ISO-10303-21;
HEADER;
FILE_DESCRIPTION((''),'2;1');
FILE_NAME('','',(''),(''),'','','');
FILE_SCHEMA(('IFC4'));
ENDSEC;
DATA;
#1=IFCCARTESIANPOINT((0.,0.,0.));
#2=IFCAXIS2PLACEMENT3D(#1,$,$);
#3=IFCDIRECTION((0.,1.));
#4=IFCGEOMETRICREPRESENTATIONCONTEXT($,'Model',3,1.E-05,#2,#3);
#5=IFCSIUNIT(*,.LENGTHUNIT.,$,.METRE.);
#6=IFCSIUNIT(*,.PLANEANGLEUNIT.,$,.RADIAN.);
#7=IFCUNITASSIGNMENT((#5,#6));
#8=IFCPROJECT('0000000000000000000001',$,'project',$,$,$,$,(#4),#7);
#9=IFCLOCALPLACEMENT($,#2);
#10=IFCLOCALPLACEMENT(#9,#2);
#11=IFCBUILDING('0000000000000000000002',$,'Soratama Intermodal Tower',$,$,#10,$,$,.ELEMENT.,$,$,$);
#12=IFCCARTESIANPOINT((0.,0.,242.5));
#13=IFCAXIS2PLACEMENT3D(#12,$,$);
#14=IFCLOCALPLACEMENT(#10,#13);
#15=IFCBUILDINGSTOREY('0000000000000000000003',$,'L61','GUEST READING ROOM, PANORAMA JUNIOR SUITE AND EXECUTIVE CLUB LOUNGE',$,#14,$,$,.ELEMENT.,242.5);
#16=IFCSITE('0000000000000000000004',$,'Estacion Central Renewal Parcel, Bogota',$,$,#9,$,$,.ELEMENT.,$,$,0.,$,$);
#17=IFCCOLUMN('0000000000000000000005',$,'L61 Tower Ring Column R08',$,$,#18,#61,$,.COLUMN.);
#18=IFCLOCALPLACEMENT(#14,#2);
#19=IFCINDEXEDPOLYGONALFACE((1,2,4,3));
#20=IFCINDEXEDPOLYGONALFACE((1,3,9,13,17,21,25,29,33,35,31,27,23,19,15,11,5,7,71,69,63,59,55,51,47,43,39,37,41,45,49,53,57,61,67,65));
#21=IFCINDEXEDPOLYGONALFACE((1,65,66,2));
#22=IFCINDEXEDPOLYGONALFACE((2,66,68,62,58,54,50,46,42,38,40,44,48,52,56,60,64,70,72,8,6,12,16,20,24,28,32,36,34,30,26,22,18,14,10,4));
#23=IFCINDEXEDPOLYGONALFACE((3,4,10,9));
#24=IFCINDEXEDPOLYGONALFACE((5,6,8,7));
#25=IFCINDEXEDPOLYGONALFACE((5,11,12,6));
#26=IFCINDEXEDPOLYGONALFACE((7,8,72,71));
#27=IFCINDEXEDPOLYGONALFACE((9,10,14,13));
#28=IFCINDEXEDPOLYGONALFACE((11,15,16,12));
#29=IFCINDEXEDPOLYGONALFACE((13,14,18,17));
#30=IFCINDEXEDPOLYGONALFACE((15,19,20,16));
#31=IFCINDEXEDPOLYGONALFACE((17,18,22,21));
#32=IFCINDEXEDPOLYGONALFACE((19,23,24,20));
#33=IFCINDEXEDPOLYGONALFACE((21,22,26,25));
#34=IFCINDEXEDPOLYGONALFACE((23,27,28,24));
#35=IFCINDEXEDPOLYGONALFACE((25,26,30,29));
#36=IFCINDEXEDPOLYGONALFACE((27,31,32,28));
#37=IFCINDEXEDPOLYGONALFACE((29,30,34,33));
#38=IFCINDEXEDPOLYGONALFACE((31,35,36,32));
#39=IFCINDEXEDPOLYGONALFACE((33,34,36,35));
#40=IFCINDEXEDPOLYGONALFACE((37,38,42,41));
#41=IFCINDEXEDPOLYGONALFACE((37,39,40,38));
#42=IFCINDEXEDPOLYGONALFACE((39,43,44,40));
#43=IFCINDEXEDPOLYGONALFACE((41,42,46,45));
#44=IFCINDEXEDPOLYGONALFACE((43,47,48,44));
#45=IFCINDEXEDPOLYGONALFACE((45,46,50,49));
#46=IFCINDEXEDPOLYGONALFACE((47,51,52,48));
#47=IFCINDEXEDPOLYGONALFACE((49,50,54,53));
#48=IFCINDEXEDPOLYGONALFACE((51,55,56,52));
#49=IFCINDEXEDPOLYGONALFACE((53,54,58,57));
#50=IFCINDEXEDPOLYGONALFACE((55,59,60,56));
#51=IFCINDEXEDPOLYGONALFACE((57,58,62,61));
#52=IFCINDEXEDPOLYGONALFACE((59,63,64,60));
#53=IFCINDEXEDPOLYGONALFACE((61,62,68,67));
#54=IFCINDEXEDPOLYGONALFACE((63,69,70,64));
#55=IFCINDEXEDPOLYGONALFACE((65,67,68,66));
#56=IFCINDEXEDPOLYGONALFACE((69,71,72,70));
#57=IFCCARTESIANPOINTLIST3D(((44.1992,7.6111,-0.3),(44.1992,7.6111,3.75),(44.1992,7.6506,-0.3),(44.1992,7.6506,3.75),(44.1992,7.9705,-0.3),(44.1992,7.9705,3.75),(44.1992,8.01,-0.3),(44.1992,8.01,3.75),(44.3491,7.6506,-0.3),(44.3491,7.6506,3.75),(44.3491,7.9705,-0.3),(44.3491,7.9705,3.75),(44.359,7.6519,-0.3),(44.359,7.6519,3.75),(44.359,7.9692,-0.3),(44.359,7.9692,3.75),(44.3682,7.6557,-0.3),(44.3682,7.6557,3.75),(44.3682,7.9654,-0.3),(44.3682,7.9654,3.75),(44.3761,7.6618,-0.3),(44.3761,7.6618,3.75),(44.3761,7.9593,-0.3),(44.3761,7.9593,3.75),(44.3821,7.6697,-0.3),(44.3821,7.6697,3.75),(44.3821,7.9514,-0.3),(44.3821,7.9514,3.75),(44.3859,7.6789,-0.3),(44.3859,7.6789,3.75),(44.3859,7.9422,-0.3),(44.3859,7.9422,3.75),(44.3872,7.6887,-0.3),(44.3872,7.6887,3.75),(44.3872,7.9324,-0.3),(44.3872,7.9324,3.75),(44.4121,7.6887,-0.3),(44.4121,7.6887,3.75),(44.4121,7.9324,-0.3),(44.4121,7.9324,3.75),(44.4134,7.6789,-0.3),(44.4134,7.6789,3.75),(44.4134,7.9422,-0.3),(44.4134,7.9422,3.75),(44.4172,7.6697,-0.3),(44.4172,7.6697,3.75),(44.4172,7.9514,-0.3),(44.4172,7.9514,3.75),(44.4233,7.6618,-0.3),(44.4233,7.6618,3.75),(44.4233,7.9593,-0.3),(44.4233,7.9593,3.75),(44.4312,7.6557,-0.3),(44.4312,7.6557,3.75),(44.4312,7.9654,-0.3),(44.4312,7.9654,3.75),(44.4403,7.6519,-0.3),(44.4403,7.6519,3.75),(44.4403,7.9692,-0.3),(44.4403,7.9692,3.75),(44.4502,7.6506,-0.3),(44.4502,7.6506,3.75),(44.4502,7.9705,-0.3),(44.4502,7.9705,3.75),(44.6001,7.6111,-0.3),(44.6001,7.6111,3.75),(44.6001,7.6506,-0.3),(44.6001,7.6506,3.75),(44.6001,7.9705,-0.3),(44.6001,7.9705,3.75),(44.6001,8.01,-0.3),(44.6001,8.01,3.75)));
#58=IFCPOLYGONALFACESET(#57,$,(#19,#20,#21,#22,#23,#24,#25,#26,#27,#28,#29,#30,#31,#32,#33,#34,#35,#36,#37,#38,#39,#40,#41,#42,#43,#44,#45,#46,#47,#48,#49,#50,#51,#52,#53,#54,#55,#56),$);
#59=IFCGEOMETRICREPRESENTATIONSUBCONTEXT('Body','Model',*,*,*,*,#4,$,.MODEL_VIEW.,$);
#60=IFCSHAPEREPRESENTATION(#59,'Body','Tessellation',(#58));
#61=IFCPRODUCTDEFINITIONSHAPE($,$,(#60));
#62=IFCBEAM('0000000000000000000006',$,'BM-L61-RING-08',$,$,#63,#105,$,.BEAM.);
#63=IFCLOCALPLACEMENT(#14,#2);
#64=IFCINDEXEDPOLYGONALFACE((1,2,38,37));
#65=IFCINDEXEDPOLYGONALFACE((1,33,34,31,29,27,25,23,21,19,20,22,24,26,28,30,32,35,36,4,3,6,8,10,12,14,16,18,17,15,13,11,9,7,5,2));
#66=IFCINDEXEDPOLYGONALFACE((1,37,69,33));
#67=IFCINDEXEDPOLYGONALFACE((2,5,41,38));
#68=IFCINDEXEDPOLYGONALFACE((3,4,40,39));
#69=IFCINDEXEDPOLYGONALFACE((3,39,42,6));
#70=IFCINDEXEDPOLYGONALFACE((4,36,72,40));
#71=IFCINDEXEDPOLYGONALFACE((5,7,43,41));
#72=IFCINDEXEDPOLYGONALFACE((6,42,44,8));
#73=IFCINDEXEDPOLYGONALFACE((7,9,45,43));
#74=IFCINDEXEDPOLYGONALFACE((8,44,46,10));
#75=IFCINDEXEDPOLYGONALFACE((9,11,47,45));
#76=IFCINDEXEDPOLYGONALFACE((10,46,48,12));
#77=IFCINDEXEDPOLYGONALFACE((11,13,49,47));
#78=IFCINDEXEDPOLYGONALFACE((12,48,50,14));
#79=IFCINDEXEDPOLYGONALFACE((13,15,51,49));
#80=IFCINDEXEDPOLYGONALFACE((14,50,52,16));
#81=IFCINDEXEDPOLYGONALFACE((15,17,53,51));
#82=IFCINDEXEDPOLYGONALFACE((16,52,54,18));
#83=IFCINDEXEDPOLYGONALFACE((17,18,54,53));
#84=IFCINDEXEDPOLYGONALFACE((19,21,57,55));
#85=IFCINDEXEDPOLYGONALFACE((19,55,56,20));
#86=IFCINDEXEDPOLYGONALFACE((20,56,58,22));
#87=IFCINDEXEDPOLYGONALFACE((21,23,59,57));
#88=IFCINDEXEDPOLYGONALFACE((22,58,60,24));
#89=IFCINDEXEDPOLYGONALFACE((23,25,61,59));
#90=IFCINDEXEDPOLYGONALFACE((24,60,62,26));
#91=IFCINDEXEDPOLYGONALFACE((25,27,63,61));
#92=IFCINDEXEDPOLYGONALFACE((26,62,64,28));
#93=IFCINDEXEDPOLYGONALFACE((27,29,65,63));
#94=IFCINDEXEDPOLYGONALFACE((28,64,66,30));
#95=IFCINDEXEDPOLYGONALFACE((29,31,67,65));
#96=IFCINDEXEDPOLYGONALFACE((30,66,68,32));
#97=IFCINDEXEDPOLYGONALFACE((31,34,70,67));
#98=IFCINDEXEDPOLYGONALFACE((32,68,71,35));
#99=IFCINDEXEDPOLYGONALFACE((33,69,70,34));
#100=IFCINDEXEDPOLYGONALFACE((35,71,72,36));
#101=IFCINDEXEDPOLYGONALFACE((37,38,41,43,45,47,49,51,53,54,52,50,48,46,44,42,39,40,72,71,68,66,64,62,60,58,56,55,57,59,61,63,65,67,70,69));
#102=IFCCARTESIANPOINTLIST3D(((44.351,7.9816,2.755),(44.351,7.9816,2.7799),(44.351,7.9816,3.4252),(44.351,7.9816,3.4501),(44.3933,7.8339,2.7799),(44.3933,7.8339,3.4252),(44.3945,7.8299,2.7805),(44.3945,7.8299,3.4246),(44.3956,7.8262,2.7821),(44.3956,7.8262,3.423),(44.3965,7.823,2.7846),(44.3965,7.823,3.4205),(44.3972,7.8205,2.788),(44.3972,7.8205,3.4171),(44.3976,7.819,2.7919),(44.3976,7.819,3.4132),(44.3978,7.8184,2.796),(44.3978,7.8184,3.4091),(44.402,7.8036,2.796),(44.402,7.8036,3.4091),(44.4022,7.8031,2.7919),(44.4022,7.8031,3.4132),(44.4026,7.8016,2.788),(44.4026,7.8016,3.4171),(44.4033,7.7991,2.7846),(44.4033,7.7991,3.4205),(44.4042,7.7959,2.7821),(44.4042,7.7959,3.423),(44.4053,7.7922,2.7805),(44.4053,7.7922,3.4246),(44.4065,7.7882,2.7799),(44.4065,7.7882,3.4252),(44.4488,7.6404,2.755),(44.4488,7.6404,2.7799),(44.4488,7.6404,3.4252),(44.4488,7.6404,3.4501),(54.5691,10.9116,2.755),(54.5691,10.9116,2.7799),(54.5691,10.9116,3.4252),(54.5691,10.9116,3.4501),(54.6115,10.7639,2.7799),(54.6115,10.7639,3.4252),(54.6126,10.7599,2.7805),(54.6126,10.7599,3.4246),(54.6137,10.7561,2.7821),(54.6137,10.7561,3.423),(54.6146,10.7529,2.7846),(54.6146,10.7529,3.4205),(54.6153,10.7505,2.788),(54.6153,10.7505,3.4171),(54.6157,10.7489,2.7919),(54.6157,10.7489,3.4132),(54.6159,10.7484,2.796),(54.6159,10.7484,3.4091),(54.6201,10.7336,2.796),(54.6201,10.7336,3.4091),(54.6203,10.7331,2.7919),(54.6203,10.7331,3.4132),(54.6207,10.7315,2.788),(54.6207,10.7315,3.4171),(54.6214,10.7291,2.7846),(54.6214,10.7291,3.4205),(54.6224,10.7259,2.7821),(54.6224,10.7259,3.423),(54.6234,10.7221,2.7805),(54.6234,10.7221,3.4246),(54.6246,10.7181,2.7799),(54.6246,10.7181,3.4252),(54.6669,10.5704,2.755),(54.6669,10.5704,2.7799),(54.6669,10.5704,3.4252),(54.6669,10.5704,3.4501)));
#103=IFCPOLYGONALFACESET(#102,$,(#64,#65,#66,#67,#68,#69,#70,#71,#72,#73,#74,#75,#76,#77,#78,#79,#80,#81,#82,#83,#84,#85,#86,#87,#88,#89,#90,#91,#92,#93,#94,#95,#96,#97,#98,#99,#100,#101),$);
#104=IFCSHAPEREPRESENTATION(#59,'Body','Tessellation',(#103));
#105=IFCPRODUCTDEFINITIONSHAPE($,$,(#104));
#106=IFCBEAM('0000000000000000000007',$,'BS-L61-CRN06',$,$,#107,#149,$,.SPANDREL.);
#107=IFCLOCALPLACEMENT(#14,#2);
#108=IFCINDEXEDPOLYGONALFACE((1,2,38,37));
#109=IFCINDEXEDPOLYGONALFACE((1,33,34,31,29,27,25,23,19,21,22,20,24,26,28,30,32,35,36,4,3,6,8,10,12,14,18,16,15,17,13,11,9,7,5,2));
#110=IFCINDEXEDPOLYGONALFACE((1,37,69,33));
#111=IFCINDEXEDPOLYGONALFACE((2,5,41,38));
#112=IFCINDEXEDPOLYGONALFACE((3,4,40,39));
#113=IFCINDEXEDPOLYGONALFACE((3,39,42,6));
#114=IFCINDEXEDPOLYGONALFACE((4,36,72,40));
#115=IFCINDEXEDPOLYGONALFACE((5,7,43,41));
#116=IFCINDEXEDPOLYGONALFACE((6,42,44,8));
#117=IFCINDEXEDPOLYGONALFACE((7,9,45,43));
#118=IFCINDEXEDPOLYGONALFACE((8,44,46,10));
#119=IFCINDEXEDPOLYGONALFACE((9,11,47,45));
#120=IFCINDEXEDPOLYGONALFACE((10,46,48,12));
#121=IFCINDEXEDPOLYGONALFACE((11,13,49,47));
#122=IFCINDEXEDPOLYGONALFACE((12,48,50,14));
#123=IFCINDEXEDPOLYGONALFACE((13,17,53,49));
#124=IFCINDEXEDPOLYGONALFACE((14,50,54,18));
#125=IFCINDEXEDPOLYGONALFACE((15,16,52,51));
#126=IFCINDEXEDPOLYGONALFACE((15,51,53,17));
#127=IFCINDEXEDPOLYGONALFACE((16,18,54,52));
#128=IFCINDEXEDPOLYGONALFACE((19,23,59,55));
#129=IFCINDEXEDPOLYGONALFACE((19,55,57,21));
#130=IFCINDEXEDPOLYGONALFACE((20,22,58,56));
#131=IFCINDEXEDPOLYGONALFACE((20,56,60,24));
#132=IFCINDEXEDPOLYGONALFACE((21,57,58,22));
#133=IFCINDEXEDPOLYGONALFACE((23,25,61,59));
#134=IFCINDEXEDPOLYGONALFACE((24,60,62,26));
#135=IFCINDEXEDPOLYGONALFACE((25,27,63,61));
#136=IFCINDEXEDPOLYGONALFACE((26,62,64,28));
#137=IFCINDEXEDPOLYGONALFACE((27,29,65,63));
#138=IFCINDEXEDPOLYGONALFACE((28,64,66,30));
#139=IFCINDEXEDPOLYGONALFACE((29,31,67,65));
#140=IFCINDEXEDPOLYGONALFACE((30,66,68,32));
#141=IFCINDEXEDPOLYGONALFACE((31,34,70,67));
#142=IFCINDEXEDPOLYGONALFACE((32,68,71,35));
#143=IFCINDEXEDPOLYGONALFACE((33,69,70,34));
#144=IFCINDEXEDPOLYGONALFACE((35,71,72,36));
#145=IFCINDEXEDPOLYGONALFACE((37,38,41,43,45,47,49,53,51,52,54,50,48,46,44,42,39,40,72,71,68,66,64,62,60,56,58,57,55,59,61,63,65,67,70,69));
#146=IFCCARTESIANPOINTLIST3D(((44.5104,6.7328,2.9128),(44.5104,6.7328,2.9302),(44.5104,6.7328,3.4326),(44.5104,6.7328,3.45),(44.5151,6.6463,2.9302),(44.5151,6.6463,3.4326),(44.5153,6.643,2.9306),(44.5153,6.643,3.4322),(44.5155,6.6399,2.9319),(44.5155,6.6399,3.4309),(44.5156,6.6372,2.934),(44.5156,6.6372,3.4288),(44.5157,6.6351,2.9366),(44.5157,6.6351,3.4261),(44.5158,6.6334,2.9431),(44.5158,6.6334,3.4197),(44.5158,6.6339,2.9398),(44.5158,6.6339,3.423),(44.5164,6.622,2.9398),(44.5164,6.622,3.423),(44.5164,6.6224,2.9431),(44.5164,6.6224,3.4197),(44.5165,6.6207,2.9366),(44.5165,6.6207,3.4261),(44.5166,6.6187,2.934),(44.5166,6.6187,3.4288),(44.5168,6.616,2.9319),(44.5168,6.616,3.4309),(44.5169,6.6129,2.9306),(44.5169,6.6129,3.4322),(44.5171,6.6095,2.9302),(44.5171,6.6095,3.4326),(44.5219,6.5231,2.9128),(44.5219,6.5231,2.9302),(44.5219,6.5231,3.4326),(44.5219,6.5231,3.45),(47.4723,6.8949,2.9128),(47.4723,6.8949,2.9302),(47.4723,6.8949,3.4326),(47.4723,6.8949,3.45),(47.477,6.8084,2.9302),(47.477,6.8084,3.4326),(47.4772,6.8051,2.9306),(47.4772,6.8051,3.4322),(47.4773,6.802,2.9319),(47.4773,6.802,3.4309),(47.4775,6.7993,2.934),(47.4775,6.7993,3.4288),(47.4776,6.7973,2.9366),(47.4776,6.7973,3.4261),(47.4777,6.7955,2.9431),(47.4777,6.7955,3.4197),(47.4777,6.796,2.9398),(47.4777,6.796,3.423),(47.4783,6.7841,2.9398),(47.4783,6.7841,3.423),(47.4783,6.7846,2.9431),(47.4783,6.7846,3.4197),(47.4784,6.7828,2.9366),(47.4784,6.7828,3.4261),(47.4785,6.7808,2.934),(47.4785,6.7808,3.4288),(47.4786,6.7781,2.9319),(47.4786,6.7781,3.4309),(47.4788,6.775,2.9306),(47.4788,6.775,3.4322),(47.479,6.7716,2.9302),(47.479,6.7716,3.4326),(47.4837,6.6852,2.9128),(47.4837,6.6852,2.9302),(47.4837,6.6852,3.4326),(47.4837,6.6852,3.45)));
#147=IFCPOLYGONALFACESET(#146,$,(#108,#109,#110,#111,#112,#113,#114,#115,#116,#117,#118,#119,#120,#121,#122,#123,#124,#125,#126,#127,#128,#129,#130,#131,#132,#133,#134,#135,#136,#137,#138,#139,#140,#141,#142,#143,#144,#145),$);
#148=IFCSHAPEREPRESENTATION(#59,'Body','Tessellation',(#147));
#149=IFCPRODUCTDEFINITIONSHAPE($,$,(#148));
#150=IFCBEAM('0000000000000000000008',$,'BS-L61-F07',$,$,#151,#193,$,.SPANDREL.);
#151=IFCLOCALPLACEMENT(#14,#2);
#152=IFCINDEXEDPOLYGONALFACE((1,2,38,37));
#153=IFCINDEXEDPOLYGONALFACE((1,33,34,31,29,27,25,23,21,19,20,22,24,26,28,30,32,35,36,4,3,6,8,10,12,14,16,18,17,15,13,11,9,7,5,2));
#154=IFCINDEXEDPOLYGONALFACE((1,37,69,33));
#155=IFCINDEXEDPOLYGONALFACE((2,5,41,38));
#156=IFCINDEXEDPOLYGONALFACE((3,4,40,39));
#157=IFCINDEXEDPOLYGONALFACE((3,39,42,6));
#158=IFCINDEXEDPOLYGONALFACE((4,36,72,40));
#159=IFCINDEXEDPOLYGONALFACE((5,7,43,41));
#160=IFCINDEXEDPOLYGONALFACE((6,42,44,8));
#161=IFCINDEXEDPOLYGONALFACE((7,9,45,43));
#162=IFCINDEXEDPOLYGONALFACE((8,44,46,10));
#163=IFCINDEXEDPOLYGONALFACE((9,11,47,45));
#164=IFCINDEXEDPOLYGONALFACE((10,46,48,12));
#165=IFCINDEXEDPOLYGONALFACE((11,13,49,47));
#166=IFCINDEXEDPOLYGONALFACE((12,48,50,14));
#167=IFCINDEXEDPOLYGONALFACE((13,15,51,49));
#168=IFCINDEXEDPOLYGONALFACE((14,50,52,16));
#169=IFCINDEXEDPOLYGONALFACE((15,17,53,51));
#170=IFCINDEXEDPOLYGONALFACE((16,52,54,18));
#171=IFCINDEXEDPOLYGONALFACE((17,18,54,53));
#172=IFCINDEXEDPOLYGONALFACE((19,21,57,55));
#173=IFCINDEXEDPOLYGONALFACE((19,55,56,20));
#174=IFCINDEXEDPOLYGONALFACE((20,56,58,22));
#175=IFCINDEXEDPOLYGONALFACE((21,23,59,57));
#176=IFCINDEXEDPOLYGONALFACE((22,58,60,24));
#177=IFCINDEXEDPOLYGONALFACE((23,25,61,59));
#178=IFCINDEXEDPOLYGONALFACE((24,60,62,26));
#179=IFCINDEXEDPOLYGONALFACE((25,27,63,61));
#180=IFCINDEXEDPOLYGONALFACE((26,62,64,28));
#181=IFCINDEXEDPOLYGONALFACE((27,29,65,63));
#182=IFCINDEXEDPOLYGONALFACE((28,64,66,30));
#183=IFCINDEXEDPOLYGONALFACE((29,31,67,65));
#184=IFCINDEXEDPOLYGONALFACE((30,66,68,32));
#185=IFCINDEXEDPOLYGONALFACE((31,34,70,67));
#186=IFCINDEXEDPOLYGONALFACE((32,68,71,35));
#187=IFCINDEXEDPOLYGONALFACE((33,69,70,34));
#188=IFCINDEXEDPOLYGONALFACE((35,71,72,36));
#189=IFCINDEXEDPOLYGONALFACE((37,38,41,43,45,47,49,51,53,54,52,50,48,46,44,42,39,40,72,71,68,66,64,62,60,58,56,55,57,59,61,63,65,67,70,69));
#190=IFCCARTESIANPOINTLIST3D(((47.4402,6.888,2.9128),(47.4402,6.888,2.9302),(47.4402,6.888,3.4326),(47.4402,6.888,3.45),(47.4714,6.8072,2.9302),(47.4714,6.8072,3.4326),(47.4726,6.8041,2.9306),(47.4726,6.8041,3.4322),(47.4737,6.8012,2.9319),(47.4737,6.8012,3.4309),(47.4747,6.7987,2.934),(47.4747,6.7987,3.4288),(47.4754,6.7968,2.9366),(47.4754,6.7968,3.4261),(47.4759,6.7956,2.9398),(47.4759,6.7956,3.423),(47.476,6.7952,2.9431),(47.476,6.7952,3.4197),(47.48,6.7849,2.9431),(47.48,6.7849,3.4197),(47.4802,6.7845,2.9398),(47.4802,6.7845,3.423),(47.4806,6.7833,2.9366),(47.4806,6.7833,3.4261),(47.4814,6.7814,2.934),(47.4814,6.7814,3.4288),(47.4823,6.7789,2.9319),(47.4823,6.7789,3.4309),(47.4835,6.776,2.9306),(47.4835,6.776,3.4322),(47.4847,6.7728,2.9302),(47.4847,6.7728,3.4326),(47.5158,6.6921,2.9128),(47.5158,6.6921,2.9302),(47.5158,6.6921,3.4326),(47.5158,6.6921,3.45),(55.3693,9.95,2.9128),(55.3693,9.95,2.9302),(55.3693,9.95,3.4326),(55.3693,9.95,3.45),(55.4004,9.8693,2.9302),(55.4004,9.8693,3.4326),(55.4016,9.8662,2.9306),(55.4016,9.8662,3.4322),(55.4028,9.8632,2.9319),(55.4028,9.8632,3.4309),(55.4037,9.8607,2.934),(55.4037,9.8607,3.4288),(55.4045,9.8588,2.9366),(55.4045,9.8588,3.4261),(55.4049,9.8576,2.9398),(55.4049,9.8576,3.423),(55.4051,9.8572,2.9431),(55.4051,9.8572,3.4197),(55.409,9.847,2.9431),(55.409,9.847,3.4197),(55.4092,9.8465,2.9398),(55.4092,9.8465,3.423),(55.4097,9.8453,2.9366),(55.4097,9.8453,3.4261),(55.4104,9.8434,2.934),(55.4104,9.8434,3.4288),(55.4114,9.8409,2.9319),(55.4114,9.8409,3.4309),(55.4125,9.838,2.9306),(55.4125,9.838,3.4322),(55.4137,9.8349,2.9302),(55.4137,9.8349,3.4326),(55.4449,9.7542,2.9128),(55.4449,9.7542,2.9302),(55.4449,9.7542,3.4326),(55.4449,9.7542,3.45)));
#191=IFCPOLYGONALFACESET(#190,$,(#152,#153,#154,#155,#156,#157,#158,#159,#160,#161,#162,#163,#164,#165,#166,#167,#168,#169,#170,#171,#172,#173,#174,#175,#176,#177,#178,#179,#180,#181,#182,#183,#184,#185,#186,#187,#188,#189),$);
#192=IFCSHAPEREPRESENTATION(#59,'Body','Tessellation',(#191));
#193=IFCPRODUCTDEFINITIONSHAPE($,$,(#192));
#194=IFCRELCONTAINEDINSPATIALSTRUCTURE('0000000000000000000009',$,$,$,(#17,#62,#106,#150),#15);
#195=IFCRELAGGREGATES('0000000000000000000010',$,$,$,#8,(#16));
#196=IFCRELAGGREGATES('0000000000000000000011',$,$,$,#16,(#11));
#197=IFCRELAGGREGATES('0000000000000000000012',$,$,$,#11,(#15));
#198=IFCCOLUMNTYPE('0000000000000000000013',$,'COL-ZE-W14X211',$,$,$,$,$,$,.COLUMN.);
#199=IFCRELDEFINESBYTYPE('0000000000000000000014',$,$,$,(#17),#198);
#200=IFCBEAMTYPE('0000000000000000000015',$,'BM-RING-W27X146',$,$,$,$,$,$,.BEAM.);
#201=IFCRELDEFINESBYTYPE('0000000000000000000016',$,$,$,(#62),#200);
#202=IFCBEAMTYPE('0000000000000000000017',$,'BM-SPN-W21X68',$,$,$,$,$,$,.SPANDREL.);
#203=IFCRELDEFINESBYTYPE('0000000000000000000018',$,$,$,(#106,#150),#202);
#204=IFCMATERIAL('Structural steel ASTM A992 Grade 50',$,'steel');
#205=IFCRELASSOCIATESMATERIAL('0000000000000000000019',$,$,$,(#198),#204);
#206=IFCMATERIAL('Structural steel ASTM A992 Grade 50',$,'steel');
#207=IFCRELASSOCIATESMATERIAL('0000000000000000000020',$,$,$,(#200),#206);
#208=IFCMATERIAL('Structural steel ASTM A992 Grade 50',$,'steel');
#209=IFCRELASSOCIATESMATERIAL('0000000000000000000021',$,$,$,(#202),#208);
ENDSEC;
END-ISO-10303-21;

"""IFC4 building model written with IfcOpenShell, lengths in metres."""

from ifc_helpers import new_model, si_unit, direction, frame, origin, origin_2d, place, context, subcontext, project, spatial, i_section, extrude, material, material_profile, profile_set, type_object, element, save


model = new_model("IFC4")

# Units and contexts
model_context = context("Model", 3, precision=1e-05, world=origin(), true_north=direction((0.0, 1.0)))
body_context = subcontext(model_context, "Body", "Model", "MODEL_VIEW")
ifc_project = project(units=[si_unit("LENGTHUNIT", "METRE"), si_unit("PLANEANGLEUNIT", "RADIAN")], contexts=[model_context])

# Site, building, storey
site_placement = place(None, origin())
site = spatial("IfcSite", under=ifc_project, at=site_placement, Name="Estacion Central Renewal Parcel, Bogota", CompositionType="ELEMENT", RefElevation=0.0)
building_placement = place(site_placement, origin())
building = spatial("IfcBuilding", under=site, at=building_placement, Name="Soratama Intermodal Tower", CompositionType="ELEMENT")
storey_placement = place(building_placement, frame((0.0, 0.0, 242.5)))
storey = spatial("IfcBuildingStorey", under=building, at=storey_placement, Name="L61", Description="GUEST READING ROOM, PANORAMA JUNIOR SUITE AND EXECUTIVE CLUB LOUNGE", CompositionType="ELEMENT", Elevation=242.5)

# Column
ifc_material_1 = material(Name="Structural steel ASTM A992 Grade 50", Category="steel")
ifc_material_profile_1 = material_profile(ifc_material_1, i_section(OverallWidth=0.4009, OverallDepth=0.3989, WebThickness=0.0249, FlangeThickness=0.0396, FilletRadius=0.0381, at=origin_2d()), Name="W14X211")
ifc_profile_set_1 = profile_set([ifc_material_profile_1], Name="Structural steel ASTM A992 Grade 50")
column_type = type_object("IfcColumnType", Name="COL-ZE-W14X211", PredefinedType="COLUMN", material=ifc_profile_set_1)
column_placement = place(storey_placement, frame((44.3997, 7.8105, -0.3), z_axis=(0.0, 0.0, 1.0), x_axis=(1.0, 0.0, 0.0)))
element("IfcColumn", 1, at=column_placement, inside=storey, type_object=column_type, Name="L61 Tower Ring Column R08", PredefinedType="COLUMN", context=body_context, shape_type="SweptSolid", body=[
    extrude(i_section(OverallWidth=0.4009, OverallDepth=0.3989, WebThickness=0.0249, FlangeThickness=0.0396, FilletRadius=0.0381, at=origin_2d()), origin(), (0.0, 0.0, 1.0), 4.05),
])

# Beams
ifc_material_2 = material(Name="Structural steel ASTM A992 Grade 50", Category="steel")
ifc_material_profile_2 = material_profile(ifc_material_2, i_section(OverallWidth=0.355, OverallDepth=0.6951, WebThickness=0.0154, FlangeThickness=0.0249, FilletRadius=0.0161, at=origin_2d()), Name="W27X146")
ifc_profile_set_2 = profile_set([ifc_material_profile_2], Name="Structural steel ASTM A992 Grade 50")
beam_type_1 = type_object("IfcBeamType", Name="BM-RING-W27X146", PredefinedType="BEAM", material=ifc_profile_set_2)
beam_1_placement = place(storey_placement, frame((44.3999, 7.811, 3.1025), z_axis=(0.961263, 0.275634, 0.0), x_axis=(-0.275634, 0.961263, 0.0)))
element("IfcBeam", 2, at=beam_1_placement, inside=storey, type_object=beam_type_1, Name="BM-L61-RING-08", PredefinedType="BEAM", context=body_context, shape_type="SweptSolid", body=[
    extrude(i_section(OverallWidth=0.355, OverallDepth=0.6951, WebThickness=0.0154, FlangeThickness=0.0249, FilletRadius=0.0161, at=origin_2d()), origin(), (0.0, 0.0, 1.0), 10.6299),
])
ifc_material_3 = material(Name="Structural steel ASTM A992 Grade 50", Category="steel")
ifc_material_profile_3 = material_profile(ifc_material_3, i_section(OverallWidth=0.21, OverallDepth=0.5371, WebThickness=0.011, FlangeThickness=0.0173, FilletRadius=0.0129, at=origin_2d()), Name="W21X68")
ifc_profile_set_3 = profile_set([ifc_material_profile_3], Name="Structural steel ASTM A992 Grade 50")
beam_type_2 = type_object("IfcBeamType", Name="BM-SPN-W21X68", PredefinedType="SPANDREL", material=ifc_profile_set_3)
beam_2_placement = place(storey_placement, frame((44.5161, 6.6279, 3.1814), z_axis=(0.998506, 0.054649, 0.0), x_axis=(-0.054649, 0.998506, 0.0)))
element("IfcBeam", 3, at=beam_2_placement, inside=storey, type_object=beam_type_2, Name="BS-L61-CRN06", PredefinedType="SPANDREL", context=body_context, shape_type="SweptSolid", body=[
    extrude(i_section(OverallWidth=0.21, OverallDepth=0.5371, WebThickness=0.011, FlangeThickness=0.0173, FilletRadius=0.0129, at=origin_2d()), origin(), (0.0, 0.0, 1.0), 2.9663),
])
beam_3_placement = place(storey_placement, frame((47.478, 6.79, 3.1814), z_axis=(0.932855, 0.360251, 0.0), x_axis=(-0.360251, 0.932855, 0.0)))
element("IfcBeam", 4, at=beam_3_placement, inside=storey, type_object=beam_type_2, Name="BS-L61-F07", PredefinedType="SPANDREL", context=body_context, shape_type="SweptSolid", body=[
    extrude(i_section(OverallWidth=0.21, OverallDepth=0.5371, WebThickness=0.011, FlangeThickness=0.0173, FilletRadius=0.0129, at=origin_2d()), origin(), (0.0, 0.0, 1.0), 8.4998),
])

save(model, "model.ifc")
